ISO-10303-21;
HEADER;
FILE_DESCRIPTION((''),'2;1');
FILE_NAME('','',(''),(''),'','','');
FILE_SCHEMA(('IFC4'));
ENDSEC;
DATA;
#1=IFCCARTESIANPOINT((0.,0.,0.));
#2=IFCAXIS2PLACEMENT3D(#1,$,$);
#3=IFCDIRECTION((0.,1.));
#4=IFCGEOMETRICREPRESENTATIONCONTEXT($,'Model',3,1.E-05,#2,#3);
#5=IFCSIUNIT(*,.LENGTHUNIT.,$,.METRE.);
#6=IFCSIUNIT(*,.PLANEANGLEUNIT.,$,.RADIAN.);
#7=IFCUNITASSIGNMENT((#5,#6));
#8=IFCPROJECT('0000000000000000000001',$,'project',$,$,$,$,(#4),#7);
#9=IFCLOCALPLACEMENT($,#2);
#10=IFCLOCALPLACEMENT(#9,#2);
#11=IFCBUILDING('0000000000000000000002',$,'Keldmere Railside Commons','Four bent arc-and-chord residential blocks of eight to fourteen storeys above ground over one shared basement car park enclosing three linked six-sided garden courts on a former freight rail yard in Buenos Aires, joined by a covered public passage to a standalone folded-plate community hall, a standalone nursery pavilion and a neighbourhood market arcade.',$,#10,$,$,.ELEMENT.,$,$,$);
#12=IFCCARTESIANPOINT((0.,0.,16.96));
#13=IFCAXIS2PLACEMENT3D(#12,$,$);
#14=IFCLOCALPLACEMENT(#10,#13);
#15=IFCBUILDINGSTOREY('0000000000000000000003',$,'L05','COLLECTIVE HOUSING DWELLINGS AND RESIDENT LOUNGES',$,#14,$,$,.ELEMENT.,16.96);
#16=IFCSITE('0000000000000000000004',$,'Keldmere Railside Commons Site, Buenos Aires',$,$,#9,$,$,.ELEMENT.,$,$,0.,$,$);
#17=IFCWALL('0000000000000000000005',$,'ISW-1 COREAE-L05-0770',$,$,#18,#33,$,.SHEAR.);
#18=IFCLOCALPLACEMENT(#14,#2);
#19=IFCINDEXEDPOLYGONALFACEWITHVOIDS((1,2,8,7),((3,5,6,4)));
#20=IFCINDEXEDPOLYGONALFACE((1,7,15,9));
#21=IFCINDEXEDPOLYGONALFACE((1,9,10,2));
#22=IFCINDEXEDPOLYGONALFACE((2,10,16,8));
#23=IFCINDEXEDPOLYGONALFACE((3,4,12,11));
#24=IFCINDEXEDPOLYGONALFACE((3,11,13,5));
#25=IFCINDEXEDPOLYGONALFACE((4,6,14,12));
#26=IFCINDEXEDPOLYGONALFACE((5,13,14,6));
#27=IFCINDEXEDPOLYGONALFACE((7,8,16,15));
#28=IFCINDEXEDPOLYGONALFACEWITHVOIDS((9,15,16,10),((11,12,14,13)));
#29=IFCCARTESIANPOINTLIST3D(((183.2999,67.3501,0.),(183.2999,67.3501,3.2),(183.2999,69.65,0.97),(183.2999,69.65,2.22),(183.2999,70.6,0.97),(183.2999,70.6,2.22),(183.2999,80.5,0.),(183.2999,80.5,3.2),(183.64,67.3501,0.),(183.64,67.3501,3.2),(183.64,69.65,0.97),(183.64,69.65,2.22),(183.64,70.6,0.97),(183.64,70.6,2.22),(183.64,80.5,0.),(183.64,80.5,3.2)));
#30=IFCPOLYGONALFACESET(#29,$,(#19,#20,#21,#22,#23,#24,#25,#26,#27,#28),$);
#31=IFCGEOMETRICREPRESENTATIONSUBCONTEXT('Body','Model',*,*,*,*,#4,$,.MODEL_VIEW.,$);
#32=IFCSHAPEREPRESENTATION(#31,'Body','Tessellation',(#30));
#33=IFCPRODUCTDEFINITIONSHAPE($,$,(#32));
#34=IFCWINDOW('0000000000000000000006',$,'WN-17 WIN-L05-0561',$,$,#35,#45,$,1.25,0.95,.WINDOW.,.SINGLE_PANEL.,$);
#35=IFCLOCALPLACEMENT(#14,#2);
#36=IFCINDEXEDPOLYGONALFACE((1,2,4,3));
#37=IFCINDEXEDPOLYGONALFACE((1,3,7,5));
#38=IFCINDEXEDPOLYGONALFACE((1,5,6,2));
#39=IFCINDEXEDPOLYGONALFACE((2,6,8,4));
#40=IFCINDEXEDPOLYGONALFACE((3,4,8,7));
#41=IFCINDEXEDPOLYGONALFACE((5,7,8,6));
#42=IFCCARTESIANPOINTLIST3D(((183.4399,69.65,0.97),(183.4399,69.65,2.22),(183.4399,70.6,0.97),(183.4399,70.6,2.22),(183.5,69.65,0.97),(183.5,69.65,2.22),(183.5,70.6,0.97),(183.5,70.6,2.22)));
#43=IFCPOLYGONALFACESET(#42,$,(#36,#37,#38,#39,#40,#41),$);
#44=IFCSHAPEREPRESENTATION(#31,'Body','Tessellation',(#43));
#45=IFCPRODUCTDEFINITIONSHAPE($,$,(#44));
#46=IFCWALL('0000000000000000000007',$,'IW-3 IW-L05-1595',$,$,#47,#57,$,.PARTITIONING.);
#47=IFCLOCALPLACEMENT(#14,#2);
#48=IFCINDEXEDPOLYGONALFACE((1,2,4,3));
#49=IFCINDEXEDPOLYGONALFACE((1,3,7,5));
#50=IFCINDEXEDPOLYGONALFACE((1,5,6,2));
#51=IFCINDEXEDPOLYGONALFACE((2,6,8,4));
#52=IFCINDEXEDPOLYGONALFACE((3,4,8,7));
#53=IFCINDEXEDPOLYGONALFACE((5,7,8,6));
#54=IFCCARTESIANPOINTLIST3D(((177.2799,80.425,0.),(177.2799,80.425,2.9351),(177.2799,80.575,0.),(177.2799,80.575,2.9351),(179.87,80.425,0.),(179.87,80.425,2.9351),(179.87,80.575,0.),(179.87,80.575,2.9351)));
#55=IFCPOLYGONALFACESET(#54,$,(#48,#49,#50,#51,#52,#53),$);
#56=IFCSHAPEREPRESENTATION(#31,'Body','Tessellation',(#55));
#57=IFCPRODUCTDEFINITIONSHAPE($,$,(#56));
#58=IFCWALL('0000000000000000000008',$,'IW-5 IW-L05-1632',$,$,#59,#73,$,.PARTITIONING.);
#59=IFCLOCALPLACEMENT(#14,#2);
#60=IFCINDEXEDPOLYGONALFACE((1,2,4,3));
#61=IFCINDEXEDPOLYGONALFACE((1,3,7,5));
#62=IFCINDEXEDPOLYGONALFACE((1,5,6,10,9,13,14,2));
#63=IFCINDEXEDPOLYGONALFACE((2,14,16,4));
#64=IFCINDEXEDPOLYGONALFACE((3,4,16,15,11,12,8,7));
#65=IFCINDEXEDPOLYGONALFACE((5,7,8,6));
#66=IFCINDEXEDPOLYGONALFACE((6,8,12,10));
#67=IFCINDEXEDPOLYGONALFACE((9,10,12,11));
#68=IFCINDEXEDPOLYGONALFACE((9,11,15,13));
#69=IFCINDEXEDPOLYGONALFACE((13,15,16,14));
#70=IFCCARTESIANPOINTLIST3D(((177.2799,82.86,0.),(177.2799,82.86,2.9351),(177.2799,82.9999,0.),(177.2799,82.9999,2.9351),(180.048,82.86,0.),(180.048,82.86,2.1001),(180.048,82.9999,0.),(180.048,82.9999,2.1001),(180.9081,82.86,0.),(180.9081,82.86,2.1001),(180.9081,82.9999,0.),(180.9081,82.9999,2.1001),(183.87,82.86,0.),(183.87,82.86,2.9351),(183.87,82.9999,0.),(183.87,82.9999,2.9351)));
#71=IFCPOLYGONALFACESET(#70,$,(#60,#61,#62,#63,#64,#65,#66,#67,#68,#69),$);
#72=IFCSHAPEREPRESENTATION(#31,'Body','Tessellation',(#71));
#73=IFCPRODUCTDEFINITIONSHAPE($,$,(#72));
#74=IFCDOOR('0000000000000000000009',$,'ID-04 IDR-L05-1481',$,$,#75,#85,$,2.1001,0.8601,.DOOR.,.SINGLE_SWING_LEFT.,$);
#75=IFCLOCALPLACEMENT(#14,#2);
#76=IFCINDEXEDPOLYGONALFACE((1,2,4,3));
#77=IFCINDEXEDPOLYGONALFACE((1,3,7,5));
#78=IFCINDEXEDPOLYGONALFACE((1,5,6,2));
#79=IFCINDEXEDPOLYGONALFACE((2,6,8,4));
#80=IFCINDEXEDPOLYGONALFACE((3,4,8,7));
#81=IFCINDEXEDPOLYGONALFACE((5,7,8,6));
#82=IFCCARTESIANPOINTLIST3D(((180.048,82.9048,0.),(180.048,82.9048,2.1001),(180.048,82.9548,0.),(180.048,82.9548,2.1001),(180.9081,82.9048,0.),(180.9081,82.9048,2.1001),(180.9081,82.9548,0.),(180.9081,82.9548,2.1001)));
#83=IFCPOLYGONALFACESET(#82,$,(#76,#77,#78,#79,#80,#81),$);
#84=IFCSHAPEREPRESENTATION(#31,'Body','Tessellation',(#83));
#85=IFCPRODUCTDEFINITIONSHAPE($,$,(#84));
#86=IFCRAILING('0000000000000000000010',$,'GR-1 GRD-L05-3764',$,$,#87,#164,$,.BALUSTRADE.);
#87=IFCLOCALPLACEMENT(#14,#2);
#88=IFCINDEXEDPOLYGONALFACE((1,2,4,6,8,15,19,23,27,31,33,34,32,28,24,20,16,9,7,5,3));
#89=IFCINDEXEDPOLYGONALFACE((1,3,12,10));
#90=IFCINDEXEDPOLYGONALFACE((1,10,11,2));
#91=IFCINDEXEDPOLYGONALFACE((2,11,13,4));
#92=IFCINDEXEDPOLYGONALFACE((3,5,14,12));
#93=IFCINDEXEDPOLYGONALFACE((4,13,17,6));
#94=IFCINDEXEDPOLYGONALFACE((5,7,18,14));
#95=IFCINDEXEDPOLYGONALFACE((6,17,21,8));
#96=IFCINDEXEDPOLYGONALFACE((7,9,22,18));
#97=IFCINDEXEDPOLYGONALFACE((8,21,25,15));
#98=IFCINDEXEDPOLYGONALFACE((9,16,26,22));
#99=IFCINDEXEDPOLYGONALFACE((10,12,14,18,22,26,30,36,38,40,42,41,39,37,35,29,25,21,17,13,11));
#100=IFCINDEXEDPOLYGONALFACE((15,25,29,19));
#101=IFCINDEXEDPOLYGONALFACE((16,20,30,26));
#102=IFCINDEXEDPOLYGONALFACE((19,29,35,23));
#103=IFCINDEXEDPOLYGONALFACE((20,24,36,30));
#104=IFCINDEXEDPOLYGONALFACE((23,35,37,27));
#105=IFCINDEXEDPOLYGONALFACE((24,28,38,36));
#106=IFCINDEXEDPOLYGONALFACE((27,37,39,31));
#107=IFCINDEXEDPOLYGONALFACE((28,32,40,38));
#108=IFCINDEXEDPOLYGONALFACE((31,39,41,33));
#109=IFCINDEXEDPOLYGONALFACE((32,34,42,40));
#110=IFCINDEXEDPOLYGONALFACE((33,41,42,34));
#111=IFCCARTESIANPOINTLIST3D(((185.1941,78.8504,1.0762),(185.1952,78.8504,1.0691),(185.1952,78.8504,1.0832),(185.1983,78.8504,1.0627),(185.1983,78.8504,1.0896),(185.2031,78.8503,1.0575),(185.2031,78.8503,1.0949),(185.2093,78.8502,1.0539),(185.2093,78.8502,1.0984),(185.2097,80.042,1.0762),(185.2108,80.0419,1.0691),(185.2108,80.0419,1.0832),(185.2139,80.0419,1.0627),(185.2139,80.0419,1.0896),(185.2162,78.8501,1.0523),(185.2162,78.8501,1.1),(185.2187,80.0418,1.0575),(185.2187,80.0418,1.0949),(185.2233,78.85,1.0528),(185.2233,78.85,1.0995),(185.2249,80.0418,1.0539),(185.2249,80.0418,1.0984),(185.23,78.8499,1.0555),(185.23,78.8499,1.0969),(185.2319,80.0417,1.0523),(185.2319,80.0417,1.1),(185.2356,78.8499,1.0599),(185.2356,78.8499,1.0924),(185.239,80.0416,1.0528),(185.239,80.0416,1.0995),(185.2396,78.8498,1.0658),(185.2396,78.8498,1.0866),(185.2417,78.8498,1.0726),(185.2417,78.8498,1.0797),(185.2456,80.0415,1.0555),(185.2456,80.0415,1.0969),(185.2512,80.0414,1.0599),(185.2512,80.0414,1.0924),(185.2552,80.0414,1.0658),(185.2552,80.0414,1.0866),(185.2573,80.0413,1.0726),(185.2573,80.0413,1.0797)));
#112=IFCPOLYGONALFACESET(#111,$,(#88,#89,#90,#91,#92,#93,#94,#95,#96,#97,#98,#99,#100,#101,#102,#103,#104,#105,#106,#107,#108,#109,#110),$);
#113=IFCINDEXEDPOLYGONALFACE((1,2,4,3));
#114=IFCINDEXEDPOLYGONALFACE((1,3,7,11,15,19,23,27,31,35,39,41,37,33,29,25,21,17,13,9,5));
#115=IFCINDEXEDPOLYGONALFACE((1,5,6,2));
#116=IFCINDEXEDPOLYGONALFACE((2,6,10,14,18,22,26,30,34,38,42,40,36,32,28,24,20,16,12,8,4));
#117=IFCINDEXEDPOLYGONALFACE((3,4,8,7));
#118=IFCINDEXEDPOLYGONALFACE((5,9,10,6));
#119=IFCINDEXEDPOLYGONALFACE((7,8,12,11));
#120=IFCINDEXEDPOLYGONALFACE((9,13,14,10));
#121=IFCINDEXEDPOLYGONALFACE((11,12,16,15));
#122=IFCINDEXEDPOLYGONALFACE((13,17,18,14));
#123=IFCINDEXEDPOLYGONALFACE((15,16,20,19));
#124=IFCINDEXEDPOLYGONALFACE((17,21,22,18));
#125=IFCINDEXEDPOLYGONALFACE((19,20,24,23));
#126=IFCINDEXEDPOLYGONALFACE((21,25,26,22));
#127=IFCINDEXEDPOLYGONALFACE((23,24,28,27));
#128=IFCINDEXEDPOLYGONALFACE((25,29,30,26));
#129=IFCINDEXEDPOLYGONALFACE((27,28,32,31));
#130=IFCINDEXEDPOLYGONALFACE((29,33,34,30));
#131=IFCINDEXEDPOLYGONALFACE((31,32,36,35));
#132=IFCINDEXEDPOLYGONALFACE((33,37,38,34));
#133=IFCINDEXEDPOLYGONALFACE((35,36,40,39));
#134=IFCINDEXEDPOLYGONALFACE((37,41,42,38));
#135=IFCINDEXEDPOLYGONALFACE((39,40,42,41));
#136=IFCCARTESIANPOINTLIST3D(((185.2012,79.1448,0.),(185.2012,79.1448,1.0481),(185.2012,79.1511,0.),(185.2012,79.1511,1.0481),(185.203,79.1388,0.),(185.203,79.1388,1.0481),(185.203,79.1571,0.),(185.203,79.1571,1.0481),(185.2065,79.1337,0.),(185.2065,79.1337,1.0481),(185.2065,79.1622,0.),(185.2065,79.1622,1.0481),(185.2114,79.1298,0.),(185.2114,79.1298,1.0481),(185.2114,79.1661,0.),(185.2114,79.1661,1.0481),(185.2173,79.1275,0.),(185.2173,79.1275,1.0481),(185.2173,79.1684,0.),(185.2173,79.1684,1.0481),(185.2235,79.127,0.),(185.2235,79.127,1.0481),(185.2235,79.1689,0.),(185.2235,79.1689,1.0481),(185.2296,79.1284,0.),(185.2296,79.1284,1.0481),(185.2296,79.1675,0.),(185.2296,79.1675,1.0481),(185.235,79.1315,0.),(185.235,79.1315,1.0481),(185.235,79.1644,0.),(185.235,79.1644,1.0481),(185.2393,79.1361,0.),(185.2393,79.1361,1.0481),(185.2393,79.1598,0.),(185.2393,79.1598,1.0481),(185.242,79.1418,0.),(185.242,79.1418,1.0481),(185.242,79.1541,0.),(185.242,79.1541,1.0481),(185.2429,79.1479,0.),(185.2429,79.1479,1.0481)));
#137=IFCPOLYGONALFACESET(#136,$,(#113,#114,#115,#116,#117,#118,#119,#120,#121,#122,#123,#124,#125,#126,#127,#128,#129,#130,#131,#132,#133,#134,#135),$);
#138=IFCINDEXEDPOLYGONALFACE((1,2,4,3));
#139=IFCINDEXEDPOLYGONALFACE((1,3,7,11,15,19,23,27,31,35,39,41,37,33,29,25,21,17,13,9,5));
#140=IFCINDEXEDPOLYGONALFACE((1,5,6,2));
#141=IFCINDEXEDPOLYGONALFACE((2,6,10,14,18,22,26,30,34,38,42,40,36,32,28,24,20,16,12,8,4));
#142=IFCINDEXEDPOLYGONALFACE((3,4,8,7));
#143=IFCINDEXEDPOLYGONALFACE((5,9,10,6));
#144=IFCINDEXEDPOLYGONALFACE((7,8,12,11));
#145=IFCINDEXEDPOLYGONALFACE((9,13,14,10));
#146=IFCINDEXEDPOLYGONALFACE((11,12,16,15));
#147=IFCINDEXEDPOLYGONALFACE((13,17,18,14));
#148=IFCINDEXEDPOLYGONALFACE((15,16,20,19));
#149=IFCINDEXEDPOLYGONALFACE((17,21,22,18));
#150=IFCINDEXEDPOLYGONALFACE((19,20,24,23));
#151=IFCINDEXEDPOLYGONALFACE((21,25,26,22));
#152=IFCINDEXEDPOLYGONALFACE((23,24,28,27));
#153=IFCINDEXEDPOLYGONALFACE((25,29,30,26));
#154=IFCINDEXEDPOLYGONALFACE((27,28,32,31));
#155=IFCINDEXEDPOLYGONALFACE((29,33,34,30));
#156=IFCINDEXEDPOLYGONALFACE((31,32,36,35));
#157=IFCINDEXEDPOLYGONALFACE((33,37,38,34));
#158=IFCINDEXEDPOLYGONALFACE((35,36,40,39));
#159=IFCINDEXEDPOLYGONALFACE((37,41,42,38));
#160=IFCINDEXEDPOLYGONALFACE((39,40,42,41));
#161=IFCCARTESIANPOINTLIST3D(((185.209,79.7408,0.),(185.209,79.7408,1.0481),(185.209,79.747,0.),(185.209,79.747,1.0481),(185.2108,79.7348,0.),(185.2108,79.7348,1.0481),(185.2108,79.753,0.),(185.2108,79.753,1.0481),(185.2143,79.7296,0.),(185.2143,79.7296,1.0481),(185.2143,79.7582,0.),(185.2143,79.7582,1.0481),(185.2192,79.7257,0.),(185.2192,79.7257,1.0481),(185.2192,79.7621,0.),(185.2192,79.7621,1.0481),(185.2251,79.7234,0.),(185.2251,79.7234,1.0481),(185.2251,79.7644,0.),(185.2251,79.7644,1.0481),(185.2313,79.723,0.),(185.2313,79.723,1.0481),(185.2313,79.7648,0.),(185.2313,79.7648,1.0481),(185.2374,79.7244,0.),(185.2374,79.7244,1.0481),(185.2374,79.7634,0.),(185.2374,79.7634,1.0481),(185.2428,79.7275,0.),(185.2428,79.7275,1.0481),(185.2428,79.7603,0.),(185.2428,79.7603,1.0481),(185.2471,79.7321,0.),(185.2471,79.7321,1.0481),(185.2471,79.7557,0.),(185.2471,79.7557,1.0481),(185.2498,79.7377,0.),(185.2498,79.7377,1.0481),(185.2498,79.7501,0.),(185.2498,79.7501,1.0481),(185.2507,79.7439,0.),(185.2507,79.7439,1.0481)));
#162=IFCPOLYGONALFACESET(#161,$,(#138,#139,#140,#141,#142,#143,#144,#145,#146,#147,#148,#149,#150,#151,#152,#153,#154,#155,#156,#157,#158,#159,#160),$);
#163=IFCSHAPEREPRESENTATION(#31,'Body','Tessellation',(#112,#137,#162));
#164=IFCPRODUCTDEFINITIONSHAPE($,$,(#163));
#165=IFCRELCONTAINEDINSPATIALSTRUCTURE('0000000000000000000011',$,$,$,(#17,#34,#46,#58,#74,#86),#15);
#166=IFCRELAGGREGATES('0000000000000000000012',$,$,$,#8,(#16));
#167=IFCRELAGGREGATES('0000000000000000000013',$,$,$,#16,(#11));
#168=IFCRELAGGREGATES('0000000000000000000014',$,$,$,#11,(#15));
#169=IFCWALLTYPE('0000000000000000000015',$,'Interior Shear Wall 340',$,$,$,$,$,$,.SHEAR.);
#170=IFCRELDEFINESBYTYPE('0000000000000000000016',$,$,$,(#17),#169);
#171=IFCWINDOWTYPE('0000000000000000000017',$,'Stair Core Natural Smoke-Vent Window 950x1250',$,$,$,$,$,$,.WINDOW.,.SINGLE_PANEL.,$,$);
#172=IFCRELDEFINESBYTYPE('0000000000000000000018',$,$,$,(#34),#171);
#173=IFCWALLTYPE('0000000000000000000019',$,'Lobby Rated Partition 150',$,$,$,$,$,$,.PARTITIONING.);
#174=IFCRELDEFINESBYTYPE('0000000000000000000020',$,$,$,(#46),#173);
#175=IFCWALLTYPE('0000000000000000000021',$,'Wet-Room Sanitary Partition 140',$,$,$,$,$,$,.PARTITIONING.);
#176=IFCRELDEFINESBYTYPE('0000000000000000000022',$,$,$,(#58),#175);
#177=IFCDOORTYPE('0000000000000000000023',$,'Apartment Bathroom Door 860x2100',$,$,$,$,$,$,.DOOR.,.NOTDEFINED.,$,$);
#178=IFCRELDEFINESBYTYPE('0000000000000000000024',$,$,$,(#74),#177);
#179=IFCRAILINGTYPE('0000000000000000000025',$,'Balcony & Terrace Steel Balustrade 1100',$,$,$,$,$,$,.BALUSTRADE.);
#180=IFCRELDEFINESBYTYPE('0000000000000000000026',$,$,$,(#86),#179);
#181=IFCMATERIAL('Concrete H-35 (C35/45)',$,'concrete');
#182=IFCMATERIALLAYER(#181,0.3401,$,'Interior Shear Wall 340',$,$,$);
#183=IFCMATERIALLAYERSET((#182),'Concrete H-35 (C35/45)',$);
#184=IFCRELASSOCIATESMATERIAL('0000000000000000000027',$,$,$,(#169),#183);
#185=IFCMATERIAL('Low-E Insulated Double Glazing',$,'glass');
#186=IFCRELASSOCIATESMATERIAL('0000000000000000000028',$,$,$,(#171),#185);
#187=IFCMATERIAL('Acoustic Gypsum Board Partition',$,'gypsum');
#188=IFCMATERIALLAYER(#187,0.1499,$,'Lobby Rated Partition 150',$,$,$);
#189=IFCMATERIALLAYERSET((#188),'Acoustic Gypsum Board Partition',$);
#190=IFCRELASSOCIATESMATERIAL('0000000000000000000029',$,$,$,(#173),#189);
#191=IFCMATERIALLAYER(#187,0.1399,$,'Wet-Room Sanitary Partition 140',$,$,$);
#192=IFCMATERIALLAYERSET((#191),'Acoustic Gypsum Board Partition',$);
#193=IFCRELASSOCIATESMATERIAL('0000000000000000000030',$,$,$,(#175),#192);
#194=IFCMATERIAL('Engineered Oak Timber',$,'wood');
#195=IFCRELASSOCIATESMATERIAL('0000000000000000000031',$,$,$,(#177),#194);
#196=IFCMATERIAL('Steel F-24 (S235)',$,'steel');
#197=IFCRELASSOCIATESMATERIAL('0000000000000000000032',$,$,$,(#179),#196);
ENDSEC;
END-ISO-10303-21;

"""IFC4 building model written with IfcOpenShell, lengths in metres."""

from ifc_helpers import new_model, si_unit, direction, frame, frame_2d, origin, origin_2d, place, context, subcontext, project, spatial, rectangle, circle, extrude, material, layer, layer_set, type_object, element, fill, save


model = new_model("IFC4")

# Units and contexts
model_context = context("Model", 3, precision=1e-05, world=origin(), true_north=direction((0.0, 1.0)))
body_context = subcontext(model_context, "Body", "Model", "MODEL_VIEW")
ifc_project = project(units=[si_unit("LENGTHUNIT", "METRE"), si_unit("PLANEANGLEUNIT", "RADIAN")], contexts=[model_context])

# Site, building, storey
site_placement = place(None, origin())
site = spatial("IfcSite", under=ifc_project, at=site_placement, Name="Keldmere Railside Commons Site, Buenos Aires", CompositionType="ELEMENT", RefElevation=0.0)
building_placement = place(site_placement, origin())
building = spatial("IfcBuilding", under=site, at=building_placement, Name="Keldmere Railside Commons", Description="Four bent arc-and-chord residential blocks of eight to fourteen storeys above ground over one shared basement car park enclosing three linked six-sided garden courts on a former freight rail yard in Buenos Aires, joined by a covered public passage to a standalone folded-plate community hall, a standalone nursery pavilion and a neighbourhood market arcade.", CompositionType="ELEMENT")
storey_placement = place(building_placement, frame((0.0, 0.0, 16.96)))
storey = spatial("IfcBuildingStorey", under=building, at=storey_placement, Name="L05", Description="COLLECTIVE HOUSING DWELLINGS AND RESIDENT LOUNGES", CompositionType="ELEMENT", Elevation=16.96)

# Shared definitions
ifc_material_1 = material(Name="Concrete H-35 (C35/45)", Category="concrete")

# Shared definitions
ifc_material_2 = material(Name="Acoustic Gypsum Board Partition", Category="gypsum")

# Shared definitions
ifc_material_3 = material(Name="Engineered Oak Timber", Category="wood")

# Wall, opening, window
ifc_layer_1 = layer(ifc_material_1, 0.3401, Name="Interior Shear Wall 340")
ifc_layer_set_1 = layer_set([ifc_layer_1], Name="Concrete H-35 (C35/45)")
wall_type_1 = type_object("IfcWallType", Name="Interior Shear Wall 340", PredefinedType="SHEAR", material=ifc_layer_set_1)
wall_1_placement = place(storey_placement, frame((183.47, 80.5, 0.0), z_axis=(0.0, 0.0, 1.0), x_axis=(0.0, -1.0, 0.0)))
wall_1 = element("IfcWall", 1, at=wall_1_placement, inside=storey, type_object=wall_type_1, Name="ISW-1 COREAE-L05-0770", PredefinedType="SHEAR", context=body_context, shape_type="SweptSolid", body=[
    extrude(rectangle(XDim=13.1499, YDim=0.3401, at=frame_2d((6.575, 0.0))), origin(), (0.0, 0.0, 1.0), 3.2),
])
opening_1_placement = place(wall_1_placement, frame((9.8999, 0.0, 0.97)))
opening_1 = element("IfcOpeningElement", 2, at=opening_1_placement, cuts=wall_1, PredefinedType="OPENING", context=body_context, shape_type="SweptSolid", body=[
    extrude(rectangle(XDim=0.95, YDim=1.25, at=frame_2d((0.4751, 0.625))), frame((0.0, 0.1799, 0.0), z_axis=(0.0, -1.0, 0.0), x_axis=(1.0, 0.0, 0.0)), (0.0, 0.0, 1.0), 0.3601),
])
ifc_material_4 = material(Name="Low-E Insulated Double Glazing", Category="glass")
window_type = type_object("IfcWindowType", Name="Stair Core Natural Smoke-Vent Window 950x1250", PartitioningType="SINGLE_PANEL", PredefinedType="WINDOW", material=ifc_material_4)
window_placement = place(opening_1_placement, origin())
window = element("IfcWindow", 3, at=window_placement, inside=storey, type_object=window_type, Name="WN-17 WIN-L05-0561", OverallHeight=1.25, OverallWidth=0.95, PartitioningType="SINGLE_PANEL", PredefinedType="WINDOW", context=body_context, shape_type="SweptSolid", body=[
    extrude(rectangle(XDim=0.95, YDim=1.25, at=frame_2d((0.4751, 0.625))), frame((0.0, 0.03, 0.0), z_axis=(0.0, -1.0, 0.0), x_axis=(1.0, 0.0, 0.0)), (0.0, 0.0, 1.0), 0.0601),
])
fill(opening_1, window)

# Wall
ifc_layer_2 = layer(ifc_material_2, 0.1499, Name="Lobby Rated Partition 150")
ifc_layer_set_2 = layer_set([ifc_layer_2], Name="Acoustic Gypsum Board Partition")
wall_type_2 = type_object("IfcWallType", Name="Lobby Rated Partition 150", PredefinedType="PARTITIONING", material=ifc_layer_set_2)
wall_2_placement = place(storey_placement, frame((177.28, 80.5, 0.0), z_axis=(0.0, 0.0, 1.0), x_axis=(1.0, 0.0, 0.0)))
element("IfcWall", 4, at=wall_2_placement, inside=storey, type_object=wall_type_2, Name="IW-3 IW-L05-1595", PredefinedType="PARTITIONING", context=body_context, shape_type="SweptSolid", body=[
    extrude(rectangle(XDim=2.5901, YDim=0.1499, at=frame_2d((1.2949, 0.0))), origin(), (0.0, 0.0, 1.0), 2.9351),
])

# Wall, opening, door
ifc_layer_3 = layer(ifc_material_2, 0.1399, Name="Wet-Room Sanitary Partition 140")
ifc_layer_set_3 = layer_set([ifc_layer_3], Name="Acoustic Gypsum Board Partition")
wall_type_3 = type_object("IfcWallType", Name="Wet-Room Sanitary Partition 140", PredefinedType="PARTITIONING", material=ifc_layer_set_3)
wall_3_placement = place(storey_placement, frame((177.28, 82.9299, 0.0), z_axis=(0.0, 0.0, 1.0), x_axis=(1.0, 0.0, 0.0)))
wall_3 = element("IfcWall", 5, at=wall_3_placement, inside=storey, type_object=wall_type_3, Name="IW-5 IW-L05-1632", PredefinedType="PARTITIONING", context=body_context, shape_type="SweptSolid", body=[
    extrude(rectangle(XDim=6.5901, YDim=0.1399, at=frame_2d((3.2949, 0.0))), origin(), (0.0, 0.0, 1.0), 2.9351),
])
opening_2_placement = place(wall_3_placement, frame((2.7678, 0.0, 0.0)))
opening_2 = element("IfcOpeningElement", 6, at=opening_2_placement, cuts=wall_3, PredefinedType="OPENING", context=body_context, shape_type="SweptSolid", body=[
    extrude(rectangle(XDim=0.8601, YDim=2.1001, at=frame_2d((0.4302, 1.05))), frame((0.0, 0.0798, 0.0), z_axis=(0.0, -1.0, 0.0), x_axis=(1.0, 0.0, 0.0)), (0.0, 0.0, 1.0), 0.1599),
])
door_type_1 = type_object("IfcDoorType", Name="Apartment Bathroom Door 860x2100", OperationType="NOTDEFINED", PredefinedType="DOOR", material=ifc_material_3)
door_1_placement = place(opening_2_placement, origin())
door_1 = element("IfcDoor", 7, at=door_1_placement, inside=storey, type_object=door_type_1, Name="ID-04 IDR-L05-1481", OperationType="SINGLE_SWING_LEFT", OverallHeight=2.1001, OverallWidth=0.8601, PredefinedType="DOOR", context=body_context, shape_type="SweptSolid", body=[
    extrude(rectangle(XDim=0.8601, YDim=2.1001, at=frame_2d((0.4302, 1.05))), frame((0.0, 0.0249, 0.0), z_axis=(0.0, -1.0, 0.0), x_axis=(1.0, 0.0, 0.0)), (0.0, 0.0, 1.0), 0.05),
])
fill(opening_2, door_1)

# Railing
ifc_material_5 = material(Name="Steel F-24 (S235)", Category="steel")
railing_type = type_object("IfcRailingType", Name="Balcony & Terrace Steel Balustrade 1100", PredefinedType="BALUSTRADE", material=ifc_material_5)
railing_1_placement = place(storey_placement, frame((185.218, 78.8501, 0.0)))
element("IfcRailing", 8, at=railing_1_placement, inside=storey, type_object=railing_type, Name="GR-1 GRD-L05-3764", PredefinedType="BALUSTRADE", context=body_context, shape_type="SweptSolid", body=[
    extrude(circle(Radius=0.0239, at=origin_2d()), frame((0.0, 0.0, 1.0762), z_axis=(0.013111, 0.999914, 0.0), x_axis=(-0.999914, 0.013111, 0.0)), (0.0, 0.0, 1.0), 1.1917),
    extrude(circle(Radius=0.021, at=origin_2d()), frame((0.0039, 0.2979, 0.0)), (0.0, 0.0, 1.0), 1.0481),
    extrude(circle(Radius=0.021, at=origin_2d()), frame((0.0117, 0.8938, 0.0)), (0.0, 0.0, 1.0), 1.0481),
])

save(model, "model.ifc")
